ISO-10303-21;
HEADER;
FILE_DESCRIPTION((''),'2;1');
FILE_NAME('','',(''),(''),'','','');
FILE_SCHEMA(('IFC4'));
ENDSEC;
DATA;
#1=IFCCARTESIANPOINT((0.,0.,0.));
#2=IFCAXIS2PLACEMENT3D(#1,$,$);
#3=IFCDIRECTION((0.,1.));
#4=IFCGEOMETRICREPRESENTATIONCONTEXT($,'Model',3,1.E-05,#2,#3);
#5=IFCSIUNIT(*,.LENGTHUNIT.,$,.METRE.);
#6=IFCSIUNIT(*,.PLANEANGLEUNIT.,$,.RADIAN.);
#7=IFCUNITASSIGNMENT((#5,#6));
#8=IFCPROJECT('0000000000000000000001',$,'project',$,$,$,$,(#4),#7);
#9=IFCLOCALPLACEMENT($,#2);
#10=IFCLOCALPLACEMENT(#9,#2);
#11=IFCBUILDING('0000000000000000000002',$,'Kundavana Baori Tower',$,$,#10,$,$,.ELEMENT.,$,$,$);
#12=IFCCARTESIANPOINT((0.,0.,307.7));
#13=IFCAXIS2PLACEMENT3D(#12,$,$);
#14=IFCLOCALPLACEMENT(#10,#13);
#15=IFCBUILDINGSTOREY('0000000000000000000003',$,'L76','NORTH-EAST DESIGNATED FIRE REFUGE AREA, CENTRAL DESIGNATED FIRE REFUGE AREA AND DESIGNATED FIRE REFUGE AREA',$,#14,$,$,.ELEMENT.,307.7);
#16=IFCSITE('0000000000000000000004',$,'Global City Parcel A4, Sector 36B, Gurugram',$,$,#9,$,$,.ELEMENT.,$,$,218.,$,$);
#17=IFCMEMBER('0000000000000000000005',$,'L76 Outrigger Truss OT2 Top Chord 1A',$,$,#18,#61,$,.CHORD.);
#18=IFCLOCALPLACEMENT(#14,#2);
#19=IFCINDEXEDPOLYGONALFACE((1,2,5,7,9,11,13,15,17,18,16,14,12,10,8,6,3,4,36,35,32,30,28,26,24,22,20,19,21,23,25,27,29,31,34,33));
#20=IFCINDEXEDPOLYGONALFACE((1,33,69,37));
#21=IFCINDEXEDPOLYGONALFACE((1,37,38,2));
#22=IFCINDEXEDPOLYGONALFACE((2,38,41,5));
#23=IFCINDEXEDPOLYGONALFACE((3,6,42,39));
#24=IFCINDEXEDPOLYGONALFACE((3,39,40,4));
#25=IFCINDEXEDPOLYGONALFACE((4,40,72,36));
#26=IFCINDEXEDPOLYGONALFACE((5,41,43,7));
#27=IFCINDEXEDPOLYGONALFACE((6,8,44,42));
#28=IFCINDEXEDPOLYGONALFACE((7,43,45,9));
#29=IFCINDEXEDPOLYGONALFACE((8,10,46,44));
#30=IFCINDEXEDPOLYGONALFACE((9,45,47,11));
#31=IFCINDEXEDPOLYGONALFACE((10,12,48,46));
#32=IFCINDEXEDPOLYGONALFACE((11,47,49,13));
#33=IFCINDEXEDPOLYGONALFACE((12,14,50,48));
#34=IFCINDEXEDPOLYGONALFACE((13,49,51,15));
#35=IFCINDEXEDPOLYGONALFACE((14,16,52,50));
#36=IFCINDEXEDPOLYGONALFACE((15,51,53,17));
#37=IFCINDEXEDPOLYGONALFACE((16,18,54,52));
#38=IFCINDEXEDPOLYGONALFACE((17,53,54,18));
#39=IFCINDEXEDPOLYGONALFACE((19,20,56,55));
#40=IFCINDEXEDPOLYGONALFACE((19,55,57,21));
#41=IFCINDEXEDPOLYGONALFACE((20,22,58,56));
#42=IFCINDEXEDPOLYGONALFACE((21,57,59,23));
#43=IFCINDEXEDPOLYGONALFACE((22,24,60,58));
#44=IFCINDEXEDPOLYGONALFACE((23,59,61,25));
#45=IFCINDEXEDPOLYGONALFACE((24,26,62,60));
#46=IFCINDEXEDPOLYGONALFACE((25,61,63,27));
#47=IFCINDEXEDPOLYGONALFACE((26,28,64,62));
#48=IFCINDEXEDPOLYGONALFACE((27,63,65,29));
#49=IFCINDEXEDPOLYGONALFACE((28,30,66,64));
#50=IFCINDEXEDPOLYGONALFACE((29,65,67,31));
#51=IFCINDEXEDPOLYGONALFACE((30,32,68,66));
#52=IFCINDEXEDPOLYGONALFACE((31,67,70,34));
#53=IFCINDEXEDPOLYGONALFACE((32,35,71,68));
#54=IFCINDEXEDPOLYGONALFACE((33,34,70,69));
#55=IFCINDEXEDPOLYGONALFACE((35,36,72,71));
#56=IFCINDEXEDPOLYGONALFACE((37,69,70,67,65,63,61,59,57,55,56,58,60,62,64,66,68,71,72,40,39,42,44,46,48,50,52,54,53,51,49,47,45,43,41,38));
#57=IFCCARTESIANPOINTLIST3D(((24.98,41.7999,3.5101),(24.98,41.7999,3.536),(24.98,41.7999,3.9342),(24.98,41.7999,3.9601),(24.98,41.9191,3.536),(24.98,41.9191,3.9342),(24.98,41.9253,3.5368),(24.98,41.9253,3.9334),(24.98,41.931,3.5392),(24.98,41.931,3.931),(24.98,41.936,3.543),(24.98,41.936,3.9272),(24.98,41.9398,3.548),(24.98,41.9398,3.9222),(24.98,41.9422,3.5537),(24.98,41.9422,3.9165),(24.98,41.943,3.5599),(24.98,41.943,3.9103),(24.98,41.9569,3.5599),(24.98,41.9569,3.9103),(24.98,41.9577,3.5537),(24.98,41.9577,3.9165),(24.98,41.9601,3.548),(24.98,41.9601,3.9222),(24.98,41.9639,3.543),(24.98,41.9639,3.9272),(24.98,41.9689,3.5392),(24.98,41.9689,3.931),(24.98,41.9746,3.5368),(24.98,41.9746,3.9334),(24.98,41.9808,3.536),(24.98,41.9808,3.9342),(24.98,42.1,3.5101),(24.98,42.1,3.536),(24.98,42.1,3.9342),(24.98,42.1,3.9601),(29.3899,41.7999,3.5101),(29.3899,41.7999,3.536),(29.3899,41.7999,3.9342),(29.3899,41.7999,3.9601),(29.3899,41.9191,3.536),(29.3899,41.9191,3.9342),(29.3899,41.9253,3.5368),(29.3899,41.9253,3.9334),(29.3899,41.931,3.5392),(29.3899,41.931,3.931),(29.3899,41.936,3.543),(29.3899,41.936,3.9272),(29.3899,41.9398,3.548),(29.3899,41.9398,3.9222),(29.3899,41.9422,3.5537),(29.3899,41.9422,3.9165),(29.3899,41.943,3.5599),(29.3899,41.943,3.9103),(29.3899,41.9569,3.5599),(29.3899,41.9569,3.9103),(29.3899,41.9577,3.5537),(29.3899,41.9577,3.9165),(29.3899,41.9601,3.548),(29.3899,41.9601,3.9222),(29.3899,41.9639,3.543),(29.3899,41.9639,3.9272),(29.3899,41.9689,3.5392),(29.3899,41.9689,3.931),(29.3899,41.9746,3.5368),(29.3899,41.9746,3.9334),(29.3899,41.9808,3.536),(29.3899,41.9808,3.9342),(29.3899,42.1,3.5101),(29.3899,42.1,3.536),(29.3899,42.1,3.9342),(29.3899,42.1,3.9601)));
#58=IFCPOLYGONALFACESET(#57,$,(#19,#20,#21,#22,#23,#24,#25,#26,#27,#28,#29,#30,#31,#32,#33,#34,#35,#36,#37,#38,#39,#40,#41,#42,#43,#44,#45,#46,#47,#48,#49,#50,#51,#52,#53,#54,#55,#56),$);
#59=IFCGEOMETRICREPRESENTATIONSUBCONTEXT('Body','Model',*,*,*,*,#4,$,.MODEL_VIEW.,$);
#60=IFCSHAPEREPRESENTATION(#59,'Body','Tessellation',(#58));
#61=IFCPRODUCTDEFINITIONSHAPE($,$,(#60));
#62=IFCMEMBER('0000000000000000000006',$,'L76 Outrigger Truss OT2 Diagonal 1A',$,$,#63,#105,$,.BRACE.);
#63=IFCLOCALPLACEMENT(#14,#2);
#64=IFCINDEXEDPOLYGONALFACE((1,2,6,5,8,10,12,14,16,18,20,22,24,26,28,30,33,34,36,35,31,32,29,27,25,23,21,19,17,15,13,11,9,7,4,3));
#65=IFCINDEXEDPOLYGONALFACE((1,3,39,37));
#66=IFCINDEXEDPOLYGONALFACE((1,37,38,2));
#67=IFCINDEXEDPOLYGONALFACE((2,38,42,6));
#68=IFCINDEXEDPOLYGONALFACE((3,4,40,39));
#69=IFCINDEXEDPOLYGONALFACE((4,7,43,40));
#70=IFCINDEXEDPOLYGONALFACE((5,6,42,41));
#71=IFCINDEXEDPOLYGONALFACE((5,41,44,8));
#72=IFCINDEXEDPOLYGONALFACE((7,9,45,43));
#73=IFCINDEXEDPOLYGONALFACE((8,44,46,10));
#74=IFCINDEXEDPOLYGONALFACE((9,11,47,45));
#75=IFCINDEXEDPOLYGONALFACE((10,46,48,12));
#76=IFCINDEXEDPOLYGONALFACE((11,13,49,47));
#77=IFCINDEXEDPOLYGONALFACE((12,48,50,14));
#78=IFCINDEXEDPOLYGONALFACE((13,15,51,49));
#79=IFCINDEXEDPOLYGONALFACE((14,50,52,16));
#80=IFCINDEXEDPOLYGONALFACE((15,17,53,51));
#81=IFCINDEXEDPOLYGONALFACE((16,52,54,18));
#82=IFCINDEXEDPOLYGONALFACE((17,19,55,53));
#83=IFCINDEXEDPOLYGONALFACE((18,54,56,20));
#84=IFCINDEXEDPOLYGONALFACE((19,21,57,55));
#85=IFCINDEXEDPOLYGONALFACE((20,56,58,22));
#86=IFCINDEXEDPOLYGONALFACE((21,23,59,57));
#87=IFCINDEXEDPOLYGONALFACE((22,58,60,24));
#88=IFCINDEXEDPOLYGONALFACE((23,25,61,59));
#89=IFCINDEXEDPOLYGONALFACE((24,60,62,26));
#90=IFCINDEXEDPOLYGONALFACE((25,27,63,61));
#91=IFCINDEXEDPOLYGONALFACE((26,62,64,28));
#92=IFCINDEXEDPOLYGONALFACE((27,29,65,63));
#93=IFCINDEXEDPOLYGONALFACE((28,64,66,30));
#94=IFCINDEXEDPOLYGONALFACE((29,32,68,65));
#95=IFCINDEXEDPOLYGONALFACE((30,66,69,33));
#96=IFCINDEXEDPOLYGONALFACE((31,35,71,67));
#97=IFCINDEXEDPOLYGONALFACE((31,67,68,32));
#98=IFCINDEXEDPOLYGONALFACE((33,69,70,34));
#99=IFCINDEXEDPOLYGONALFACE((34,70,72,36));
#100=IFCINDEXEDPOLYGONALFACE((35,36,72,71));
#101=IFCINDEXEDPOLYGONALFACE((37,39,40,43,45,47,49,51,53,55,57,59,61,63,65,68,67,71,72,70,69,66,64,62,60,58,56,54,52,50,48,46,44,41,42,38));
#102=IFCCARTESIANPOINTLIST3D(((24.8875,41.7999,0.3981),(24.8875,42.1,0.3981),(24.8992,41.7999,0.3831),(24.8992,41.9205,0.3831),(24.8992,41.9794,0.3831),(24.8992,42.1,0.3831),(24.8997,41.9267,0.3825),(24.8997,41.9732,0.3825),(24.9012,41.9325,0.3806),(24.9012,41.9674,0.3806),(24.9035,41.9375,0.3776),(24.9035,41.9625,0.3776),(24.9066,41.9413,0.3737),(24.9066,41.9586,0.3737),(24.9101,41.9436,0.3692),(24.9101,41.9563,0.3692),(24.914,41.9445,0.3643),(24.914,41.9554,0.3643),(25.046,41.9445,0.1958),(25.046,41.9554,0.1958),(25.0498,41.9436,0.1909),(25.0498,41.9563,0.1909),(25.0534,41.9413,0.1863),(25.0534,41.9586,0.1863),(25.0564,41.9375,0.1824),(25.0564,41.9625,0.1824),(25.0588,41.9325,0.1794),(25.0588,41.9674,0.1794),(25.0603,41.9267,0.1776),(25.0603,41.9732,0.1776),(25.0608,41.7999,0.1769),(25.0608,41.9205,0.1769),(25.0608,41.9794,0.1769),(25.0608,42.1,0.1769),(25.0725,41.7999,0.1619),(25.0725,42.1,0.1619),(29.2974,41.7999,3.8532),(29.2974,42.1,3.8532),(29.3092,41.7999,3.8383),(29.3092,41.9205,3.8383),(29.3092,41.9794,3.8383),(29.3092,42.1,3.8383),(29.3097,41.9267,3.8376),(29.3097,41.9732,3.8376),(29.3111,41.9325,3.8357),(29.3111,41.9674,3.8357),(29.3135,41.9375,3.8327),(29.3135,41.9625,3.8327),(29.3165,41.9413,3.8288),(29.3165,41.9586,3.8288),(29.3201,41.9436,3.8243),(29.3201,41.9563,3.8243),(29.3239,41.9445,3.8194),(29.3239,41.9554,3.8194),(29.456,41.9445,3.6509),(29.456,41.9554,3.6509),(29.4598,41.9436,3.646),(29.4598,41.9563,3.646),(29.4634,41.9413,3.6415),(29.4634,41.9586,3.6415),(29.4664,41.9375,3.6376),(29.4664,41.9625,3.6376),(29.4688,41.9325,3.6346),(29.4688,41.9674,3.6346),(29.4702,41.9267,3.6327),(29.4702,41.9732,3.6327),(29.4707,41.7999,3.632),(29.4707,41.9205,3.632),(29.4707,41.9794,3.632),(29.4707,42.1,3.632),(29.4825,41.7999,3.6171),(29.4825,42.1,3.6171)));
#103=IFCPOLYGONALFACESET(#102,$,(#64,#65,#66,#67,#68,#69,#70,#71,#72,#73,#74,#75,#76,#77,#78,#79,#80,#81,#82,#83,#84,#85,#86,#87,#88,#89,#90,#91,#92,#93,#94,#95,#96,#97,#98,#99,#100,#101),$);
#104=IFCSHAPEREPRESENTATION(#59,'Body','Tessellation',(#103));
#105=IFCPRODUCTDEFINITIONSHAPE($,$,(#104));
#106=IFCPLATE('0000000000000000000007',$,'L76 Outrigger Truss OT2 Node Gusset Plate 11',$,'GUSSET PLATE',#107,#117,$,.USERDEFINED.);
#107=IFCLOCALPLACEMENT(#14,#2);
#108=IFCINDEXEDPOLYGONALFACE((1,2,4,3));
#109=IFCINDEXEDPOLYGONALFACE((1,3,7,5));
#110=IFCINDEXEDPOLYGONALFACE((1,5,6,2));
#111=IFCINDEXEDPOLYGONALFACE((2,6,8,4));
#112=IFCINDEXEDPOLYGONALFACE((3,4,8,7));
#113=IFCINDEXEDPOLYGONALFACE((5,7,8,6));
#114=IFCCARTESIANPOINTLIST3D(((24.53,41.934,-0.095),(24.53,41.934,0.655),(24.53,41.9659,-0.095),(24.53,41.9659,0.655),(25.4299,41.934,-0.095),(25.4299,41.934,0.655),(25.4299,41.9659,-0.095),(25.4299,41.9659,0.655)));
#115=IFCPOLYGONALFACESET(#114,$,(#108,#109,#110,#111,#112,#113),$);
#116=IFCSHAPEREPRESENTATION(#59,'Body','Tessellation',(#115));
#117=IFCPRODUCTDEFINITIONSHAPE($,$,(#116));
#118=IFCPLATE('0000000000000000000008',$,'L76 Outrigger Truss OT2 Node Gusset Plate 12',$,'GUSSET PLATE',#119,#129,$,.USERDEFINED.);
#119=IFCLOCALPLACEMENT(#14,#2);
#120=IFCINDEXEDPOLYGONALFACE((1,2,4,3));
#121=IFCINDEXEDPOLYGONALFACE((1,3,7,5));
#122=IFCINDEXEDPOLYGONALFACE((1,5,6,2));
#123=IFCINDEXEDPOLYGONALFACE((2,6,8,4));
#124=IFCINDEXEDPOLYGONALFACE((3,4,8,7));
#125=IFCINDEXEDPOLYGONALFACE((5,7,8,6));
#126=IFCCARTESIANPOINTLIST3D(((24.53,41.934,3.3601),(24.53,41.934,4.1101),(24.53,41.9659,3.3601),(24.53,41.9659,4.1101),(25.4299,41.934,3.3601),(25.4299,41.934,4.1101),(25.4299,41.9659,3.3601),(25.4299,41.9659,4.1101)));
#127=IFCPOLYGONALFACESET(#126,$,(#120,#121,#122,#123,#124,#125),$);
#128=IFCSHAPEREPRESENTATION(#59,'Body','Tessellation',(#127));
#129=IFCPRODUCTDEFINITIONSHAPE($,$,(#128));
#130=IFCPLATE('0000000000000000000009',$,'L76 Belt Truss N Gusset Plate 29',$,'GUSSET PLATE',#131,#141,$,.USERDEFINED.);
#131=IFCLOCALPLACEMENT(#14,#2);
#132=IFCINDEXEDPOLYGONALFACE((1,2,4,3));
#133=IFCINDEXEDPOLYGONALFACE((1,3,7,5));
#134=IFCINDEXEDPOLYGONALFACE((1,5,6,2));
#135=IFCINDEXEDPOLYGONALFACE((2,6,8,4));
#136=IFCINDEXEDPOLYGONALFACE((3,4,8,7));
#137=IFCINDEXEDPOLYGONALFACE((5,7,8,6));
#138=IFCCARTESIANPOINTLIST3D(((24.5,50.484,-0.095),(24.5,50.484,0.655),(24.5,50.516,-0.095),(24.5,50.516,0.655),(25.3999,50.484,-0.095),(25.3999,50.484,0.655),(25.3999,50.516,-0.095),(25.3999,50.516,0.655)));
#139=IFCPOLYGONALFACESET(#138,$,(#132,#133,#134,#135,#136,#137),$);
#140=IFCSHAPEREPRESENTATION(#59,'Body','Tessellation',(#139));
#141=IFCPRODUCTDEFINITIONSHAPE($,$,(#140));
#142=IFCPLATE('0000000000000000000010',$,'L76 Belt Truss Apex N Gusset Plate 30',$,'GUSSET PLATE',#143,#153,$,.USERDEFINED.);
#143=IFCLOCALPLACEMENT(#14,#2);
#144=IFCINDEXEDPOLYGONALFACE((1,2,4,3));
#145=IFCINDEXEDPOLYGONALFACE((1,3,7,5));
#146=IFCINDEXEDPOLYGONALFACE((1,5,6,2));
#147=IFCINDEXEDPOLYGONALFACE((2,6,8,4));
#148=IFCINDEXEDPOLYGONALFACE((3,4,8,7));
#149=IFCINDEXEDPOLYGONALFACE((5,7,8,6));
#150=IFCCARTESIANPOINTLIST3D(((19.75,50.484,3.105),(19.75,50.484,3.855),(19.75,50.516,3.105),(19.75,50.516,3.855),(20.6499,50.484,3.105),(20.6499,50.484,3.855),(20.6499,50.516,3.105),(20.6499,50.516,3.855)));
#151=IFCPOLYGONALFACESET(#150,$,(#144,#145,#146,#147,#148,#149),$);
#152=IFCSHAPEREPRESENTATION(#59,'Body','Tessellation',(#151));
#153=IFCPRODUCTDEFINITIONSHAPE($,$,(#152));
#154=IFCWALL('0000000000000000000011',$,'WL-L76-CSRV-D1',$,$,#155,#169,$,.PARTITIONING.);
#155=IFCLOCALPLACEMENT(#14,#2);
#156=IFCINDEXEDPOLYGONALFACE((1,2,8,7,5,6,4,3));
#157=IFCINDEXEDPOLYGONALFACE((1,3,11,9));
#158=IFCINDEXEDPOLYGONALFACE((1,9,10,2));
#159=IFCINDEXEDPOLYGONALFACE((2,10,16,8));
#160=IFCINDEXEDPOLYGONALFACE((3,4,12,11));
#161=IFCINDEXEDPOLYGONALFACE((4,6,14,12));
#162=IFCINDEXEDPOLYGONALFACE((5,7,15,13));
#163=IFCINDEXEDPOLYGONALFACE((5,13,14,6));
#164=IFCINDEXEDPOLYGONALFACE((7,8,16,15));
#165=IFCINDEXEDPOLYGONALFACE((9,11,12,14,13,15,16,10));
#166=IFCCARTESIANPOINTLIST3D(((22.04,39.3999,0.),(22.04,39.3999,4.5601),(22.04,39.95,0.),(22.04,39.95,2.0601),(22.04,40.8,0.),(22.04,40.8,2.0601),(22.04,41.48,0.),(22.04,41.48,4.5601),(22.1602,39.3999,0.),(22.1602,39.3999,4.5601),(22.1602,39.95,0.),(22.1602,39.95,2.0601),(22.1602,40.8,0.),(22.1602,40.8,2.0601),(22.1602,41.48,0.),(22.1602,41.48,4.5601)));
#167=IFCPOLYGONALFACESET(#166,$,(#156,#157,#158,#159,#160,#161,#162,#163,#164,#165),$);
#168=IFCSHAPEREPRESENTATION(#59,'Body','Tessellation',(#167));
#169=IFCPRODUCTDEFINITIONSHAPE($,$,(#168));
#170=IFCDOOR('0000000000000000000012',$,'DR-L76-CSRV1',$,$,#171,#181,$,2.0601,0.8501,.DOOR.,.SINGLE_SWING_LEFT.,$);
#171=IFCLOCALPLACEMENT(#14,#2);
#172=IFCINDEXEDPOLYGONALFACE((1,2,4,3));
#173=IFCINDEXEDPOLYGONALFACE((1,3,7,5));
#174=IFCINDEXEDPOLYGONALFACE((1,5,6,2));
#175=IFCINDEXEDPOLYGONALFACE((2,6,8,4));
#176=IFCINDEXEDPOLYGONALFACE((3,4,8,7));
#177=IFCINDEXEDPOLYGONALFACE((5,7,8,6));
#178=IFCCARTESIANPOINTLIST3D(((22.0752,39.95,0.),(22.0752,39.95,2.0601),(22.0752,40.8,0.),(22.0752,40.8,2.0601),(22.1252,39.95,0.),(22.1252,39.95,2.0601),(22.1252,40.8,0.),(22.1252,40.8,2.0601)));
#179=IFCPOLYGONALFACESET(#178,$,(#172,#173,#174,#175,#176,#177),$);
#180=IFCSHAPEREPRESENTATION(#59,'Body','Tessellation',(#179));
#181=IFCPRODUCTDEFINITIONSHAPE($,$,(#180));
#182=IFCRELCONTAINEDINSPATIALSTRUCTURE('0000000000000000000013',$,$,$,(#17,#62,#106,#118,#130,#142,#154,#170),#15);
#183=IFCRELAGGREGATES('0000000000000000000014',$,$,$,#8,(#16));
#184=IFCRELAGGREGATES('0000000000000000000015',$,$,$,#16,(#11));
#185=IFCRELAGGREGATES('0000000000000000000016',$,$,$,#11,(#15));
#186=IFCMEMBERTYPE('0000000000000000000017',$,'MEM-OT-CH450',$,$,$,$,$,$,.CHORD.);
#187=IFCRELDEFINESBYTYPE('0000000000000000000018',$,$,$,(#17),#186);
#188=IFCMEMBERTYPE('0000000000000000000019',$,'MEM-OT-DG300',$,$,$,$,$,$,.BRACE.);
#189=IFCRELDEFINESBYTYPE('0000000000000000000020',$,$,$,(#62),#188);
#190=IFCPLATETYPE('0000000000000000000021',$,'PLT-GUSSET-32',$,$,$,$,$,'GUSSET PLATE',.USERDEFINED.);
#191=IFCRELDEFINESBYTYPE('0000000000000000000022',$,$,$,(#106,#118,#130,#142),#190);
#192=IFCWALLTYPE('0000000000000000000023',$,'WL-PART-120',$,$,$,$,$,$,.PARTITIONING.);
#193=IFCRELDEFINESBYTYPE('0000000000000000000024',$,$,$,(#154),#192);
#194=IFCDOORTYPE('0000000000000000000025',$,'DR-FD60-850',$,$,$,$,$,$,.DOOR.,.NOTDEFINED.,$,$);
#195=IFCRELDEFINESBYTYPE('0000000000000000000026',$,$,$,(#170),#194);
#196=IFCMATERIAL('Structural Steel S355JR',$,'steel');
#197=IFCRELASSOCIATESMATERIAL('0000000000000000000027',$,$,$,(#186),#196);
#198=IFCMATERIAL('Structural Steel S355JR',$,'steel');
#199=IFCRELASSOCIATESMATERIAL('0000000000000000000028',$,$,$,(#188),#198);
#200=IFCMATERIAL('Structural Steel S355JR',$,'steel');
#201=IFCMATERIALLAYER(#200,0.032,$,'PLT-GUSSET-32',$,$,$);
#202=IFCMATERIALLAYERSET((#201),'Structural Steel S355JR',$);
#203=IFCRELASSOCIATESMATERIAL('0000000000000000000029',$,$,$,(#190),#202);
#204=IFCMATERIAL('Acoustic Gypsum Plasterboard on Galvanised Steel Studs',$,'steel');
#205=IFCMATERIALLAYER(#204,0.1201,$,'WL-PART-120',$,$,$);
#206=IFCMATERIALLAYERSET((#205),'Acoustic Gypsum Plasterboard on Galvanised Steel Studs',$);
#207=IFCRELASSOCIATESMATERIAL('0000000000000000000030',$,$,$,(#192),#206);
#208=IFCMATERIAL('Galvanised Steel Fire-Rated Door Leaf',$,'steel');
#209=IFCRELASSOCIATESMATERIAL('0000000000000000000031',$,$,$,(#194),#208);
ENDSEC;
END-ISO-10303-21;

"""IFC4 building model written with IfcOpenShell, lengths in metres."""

from ifc_helpers import new_model, si_unit, direction, frame, frame_2d, origin, origin_2d, place, context, subcontext, project, spatial, rectangle, i_section, extrude, material, layer, layer_set, material_profile, profile_set, type_object, element, fill, save


model = new_model("IFC4")

# Units and contexts
model_context = context("Model", 3, precision=1e-05, world=origin(), true_north=direction((0.0, 1.0)))
body_context = subcontext(model_context, "Body", "Model", "MODEL_VIEW")
ifc_project = project(units=[si_unit("LENGTHUNIT", "METRE"), si_unit("PLANEANGLEUNIT", "RADIAN")], contexts=[model_context])

# Site, building, storey
site_placement = place(None, origin())
site = spatial("IfcSite", under=ifc_project, at=site_placement, Name="Global City Parcel A4, Sector 36B, Gurugram", CompositionType="ELEMENT", RefElevation=218.0)
building_placement = place(site_placement, origin())
building = spatial("IfcBuilding", under=site, at=building_placement, Name="Kundavana Baori Tower", CompositionType="ELEMENT")
storey_placement = place(building_placement, frame((0.0, 0.0, 307.7)))
storey = spatial("IfcBuildingStorey", under=building, at=storey_placement, Name="L76", Description="NORTH-EAST DESIGNATED FIRE REFUGE AREA, CENTRAL DESIGNATED FIRE REFUGE AREA AND DESIGNATED FIRE REFUGE AREA", CompositionType="ELEMENT", Elevation=307.7)

# Members
ifc_material_1 = material(Name="Structural Steel S355JR", Category="steel")
ifc_material_profile_1 = material_profile(ifc_material_1, i_section(OverallWidth=0.3, OverallDepth=0.45, WebThickness=0.0139, FlangeThickness=0.0259, FilletRadius=0.0239, at=origin_2d()), Name="WPB 450x300x142")
ifc_profile_set_1 = profile_set([ifc_material_profile_1], Name="Structural Steel S355JR")
member_type_1 = type_object("IfcMemberType", Name="MEM-OT-CH450", PredefinedType="CHORD", material=ifc_profile_set_1)
for number, where, z_axis, x_axis, name in (
    (1, (24.98, 41.95, 3.7351), (1.0, 0.0, 0.0), (0.0, 1.0, 0.0), "L76 Outrigger Truss OT2 Top Chord 1A"),
):
    element("IfcMember", number, at=place(storey_placement, frame(where, z_axis=z_axis, x_axis=x_axis)), inside=storey, type_object=member_type_1, Name=name, PredefinedType="CHORD", context=body_context, shape_type="SweptSolid", body=[
        extrude(i_section(OverallWidth=0.3, OverallDepth=0.45, WebThickness=0.0139, FlangeThickness=0.0259, FilletRadius=0.0239, at=origin_2d()), origin(), (0.0, 0.0, 1.0), 4.4099),
    ])
ifc_material_2 = material(Name="Structural Steel S355JR", Category="steel")
ifc_material_profile_2 = material_profile(ifc_material_2, i_section(OverallWidth=0.3, OverallDepth=0.3, WebThickness=0.011, FlangeThickness=0.019, FilletRadius=0.0239, at=origin_2d()), Name="WPB 300x300x117")
ifc_profile_set_2 = profile_set([ifc_material_profile_2], Name="Structural Steel S355JR")
member_type_2 = type_object("IfcMemberType", Name="MEM-OT-DG300", PredefinedType="BRACE", material=ifc_profile_set_2)
member_1_placement = place(storey_placement, frame((24.98, 41.95, 0.28), z_axis=(0.787172, 0.0, 0.616734), x_axis=(0.0, 1.0, 0.0)))
element("IfcMember", 2, at=member_1_placement, inside=storey, type_object=member_type_2, Name="L76 Outrigger Truss OT2 Diagonal 1A", PredefinedType="BRACE", context=body_context, shape_type="SweptSolid", body=[
    extrude(i_section(OverallWidth=0.3, OverallDepth=0.3, WebThickness=0.011, FlangeThickness=0.019, FilletRadius=0.0239, at=origin_2d()), origin(), (0.0, 0.0, 1.0), 5.6023),
])

# Plates
ifc_material_3 = material(Name="Structural Steel S355JR", Category="steel")
ifc_layer_1 = layer(ifc_material_3, 0.032, Name="PLT-GUSSET-32")
ifc_layer_set_1 = layer_set([ifc_layer_1], Name="Structural Steel S355JR")
plate_type = type_object("IfcPlateType", Name="PLT-GUSSET-32", ElementType="GUSSET PLATE", PredefinedType="USERDEFINED", material=ifc_layer_set_1)
for number, where, z_axis, x_axis, name in (
    (3, (24.98, 41.95, -0.095), (0.0, 0.0, 1.0), (1.0, 0.0, 0.0), "L76 Outrigger Truss OT2 Node Gusset Plate 11"),
    (4, (24.98, 41.95, 3.3601), (0.0, 0.0, 1.0), (1.0, 0.0, 0.0), "L76 Outrigger Truss OT2 Node Gusset Plate 12"),
    (5, (24.95, 50.5, -0.095), (0.0, 0.0, 1.0), (1.0, 0.0, 0.0), "L76 Belt Truss N Gusset Plate 29"),
    (6, (20.2, 50.5, 3.105), (0.0, 0.0, 1.0), (1.0, 0.0, 0.0), "L76 Belt Truss Apex N Gusset Plate 30"),
):
    element("IfcPlate", number, at=place(storey_placement, frame(where, z_axis=z_axis, x_axis=x_axis)), inside=storey, type_object=plate_type, Name=name, ObjectType="GUSSET PLATE", PredefinedType="USERDEFINED", context=body_context, shape_type="SweptSolid", body=[
        extrude(rectangle(XDim=0.8999, YDim=0.032, at=origin_2d()), origin(), (0.0, 0.0, 1.0), 0.75),
    ])

# Wall, opening, door
ifc_material_4 = material(Name="Acoustic Gypsum Plasterboard on Galvanised Steel Studs", Category="steel")
ifc_layer_2 = layer(ifc_material_4, 0.1201, Name="WL-PART-120")
ifc_layer_set_2 = layer_set([ifc_layer_2], Name="Acoustic Gypsum Plasterboard on Galvanised Steel Studs")
wall_type_1 = type_object("IfcWallType", Name="WL-PART-120", PredefinedType="PARTITIONING", material=ifc_layer_set_2)
wall_1_placement = place(storey_placement, frame((22.1001, 39.3999, 0.0), z_axis=(0.0, 0.0, 1.0), x_axis=(0.0, 1.0, 0.0)))
wall_1 = element("IfcWall", 7, at=wall_1_placement, inside=storey, type_object=wall_type_1, Name="WL-L76-CSRV-D1", PredefinedType="PARTITIONING", context=body_context, shape_type="SweptSolid", body=[
    extrude(rectangle(XDim=2.0801, YDim=0.1201, at=frame_2d((1.04, 0.0))), origin(), (0.0, 0.0, 1.0), 4.5601),
])
opening_placement = place(wall_1_placement, frame((0.55, 0.0, 0.0)))
opening = element("IfcOpeningElement", 8, at=opening_placement, cuts=wall_1, PredefinedType="OPENING", context=body_context, shape_type="SweptSolid", body=[
    extrude(rectangle(XDim=0.8501, YDim=2.0601, at=frame_2d((0.425, 1.03))), frame((0.0, 0.0701, 0.0), z_axis=(0.0, -1.0, 0.0), x_axis=(1.0, 0.0, 0.0)), (0.0, 0.0, 1.0), 0.1401),
])
ifc_material_5 = material(Name="Galvanised Steel Fire-Rated Door Leaf", Category="steel")
door_type = type_object("IfcDoorType", Name="DR-FD60-850", OperationType="NOTDEFINED", PredefinedType="DOOR", material=ifc_material_5)
door_placement = place(opening_placement, origin())
door = element("IfcDoor", 9, at=door_placement, inside=storey, type_object=door_type, Name="DR-L76-CSRV1", OperationType="SINGLE_SWING_LEFT", OverallHeight=2.0601, OverallWidth=0.8501, PredefinedType="DOOR", context=body_context, shape_type="SweptSolid", body=[
    extrude(rectangle(XDim=0.8501, YDim=2.0601, at=frame_2d((0.425, 1.03))), frame((0.0, 0.0249, 0.0), z_axis=(0.0, -1.0, 0.0), x_axis=(1.0, 0.0, 0.0)), (0.0, 0.0, 1.0), 0.05),
])
fill(opening, door)

save(model, "model.ifc")
